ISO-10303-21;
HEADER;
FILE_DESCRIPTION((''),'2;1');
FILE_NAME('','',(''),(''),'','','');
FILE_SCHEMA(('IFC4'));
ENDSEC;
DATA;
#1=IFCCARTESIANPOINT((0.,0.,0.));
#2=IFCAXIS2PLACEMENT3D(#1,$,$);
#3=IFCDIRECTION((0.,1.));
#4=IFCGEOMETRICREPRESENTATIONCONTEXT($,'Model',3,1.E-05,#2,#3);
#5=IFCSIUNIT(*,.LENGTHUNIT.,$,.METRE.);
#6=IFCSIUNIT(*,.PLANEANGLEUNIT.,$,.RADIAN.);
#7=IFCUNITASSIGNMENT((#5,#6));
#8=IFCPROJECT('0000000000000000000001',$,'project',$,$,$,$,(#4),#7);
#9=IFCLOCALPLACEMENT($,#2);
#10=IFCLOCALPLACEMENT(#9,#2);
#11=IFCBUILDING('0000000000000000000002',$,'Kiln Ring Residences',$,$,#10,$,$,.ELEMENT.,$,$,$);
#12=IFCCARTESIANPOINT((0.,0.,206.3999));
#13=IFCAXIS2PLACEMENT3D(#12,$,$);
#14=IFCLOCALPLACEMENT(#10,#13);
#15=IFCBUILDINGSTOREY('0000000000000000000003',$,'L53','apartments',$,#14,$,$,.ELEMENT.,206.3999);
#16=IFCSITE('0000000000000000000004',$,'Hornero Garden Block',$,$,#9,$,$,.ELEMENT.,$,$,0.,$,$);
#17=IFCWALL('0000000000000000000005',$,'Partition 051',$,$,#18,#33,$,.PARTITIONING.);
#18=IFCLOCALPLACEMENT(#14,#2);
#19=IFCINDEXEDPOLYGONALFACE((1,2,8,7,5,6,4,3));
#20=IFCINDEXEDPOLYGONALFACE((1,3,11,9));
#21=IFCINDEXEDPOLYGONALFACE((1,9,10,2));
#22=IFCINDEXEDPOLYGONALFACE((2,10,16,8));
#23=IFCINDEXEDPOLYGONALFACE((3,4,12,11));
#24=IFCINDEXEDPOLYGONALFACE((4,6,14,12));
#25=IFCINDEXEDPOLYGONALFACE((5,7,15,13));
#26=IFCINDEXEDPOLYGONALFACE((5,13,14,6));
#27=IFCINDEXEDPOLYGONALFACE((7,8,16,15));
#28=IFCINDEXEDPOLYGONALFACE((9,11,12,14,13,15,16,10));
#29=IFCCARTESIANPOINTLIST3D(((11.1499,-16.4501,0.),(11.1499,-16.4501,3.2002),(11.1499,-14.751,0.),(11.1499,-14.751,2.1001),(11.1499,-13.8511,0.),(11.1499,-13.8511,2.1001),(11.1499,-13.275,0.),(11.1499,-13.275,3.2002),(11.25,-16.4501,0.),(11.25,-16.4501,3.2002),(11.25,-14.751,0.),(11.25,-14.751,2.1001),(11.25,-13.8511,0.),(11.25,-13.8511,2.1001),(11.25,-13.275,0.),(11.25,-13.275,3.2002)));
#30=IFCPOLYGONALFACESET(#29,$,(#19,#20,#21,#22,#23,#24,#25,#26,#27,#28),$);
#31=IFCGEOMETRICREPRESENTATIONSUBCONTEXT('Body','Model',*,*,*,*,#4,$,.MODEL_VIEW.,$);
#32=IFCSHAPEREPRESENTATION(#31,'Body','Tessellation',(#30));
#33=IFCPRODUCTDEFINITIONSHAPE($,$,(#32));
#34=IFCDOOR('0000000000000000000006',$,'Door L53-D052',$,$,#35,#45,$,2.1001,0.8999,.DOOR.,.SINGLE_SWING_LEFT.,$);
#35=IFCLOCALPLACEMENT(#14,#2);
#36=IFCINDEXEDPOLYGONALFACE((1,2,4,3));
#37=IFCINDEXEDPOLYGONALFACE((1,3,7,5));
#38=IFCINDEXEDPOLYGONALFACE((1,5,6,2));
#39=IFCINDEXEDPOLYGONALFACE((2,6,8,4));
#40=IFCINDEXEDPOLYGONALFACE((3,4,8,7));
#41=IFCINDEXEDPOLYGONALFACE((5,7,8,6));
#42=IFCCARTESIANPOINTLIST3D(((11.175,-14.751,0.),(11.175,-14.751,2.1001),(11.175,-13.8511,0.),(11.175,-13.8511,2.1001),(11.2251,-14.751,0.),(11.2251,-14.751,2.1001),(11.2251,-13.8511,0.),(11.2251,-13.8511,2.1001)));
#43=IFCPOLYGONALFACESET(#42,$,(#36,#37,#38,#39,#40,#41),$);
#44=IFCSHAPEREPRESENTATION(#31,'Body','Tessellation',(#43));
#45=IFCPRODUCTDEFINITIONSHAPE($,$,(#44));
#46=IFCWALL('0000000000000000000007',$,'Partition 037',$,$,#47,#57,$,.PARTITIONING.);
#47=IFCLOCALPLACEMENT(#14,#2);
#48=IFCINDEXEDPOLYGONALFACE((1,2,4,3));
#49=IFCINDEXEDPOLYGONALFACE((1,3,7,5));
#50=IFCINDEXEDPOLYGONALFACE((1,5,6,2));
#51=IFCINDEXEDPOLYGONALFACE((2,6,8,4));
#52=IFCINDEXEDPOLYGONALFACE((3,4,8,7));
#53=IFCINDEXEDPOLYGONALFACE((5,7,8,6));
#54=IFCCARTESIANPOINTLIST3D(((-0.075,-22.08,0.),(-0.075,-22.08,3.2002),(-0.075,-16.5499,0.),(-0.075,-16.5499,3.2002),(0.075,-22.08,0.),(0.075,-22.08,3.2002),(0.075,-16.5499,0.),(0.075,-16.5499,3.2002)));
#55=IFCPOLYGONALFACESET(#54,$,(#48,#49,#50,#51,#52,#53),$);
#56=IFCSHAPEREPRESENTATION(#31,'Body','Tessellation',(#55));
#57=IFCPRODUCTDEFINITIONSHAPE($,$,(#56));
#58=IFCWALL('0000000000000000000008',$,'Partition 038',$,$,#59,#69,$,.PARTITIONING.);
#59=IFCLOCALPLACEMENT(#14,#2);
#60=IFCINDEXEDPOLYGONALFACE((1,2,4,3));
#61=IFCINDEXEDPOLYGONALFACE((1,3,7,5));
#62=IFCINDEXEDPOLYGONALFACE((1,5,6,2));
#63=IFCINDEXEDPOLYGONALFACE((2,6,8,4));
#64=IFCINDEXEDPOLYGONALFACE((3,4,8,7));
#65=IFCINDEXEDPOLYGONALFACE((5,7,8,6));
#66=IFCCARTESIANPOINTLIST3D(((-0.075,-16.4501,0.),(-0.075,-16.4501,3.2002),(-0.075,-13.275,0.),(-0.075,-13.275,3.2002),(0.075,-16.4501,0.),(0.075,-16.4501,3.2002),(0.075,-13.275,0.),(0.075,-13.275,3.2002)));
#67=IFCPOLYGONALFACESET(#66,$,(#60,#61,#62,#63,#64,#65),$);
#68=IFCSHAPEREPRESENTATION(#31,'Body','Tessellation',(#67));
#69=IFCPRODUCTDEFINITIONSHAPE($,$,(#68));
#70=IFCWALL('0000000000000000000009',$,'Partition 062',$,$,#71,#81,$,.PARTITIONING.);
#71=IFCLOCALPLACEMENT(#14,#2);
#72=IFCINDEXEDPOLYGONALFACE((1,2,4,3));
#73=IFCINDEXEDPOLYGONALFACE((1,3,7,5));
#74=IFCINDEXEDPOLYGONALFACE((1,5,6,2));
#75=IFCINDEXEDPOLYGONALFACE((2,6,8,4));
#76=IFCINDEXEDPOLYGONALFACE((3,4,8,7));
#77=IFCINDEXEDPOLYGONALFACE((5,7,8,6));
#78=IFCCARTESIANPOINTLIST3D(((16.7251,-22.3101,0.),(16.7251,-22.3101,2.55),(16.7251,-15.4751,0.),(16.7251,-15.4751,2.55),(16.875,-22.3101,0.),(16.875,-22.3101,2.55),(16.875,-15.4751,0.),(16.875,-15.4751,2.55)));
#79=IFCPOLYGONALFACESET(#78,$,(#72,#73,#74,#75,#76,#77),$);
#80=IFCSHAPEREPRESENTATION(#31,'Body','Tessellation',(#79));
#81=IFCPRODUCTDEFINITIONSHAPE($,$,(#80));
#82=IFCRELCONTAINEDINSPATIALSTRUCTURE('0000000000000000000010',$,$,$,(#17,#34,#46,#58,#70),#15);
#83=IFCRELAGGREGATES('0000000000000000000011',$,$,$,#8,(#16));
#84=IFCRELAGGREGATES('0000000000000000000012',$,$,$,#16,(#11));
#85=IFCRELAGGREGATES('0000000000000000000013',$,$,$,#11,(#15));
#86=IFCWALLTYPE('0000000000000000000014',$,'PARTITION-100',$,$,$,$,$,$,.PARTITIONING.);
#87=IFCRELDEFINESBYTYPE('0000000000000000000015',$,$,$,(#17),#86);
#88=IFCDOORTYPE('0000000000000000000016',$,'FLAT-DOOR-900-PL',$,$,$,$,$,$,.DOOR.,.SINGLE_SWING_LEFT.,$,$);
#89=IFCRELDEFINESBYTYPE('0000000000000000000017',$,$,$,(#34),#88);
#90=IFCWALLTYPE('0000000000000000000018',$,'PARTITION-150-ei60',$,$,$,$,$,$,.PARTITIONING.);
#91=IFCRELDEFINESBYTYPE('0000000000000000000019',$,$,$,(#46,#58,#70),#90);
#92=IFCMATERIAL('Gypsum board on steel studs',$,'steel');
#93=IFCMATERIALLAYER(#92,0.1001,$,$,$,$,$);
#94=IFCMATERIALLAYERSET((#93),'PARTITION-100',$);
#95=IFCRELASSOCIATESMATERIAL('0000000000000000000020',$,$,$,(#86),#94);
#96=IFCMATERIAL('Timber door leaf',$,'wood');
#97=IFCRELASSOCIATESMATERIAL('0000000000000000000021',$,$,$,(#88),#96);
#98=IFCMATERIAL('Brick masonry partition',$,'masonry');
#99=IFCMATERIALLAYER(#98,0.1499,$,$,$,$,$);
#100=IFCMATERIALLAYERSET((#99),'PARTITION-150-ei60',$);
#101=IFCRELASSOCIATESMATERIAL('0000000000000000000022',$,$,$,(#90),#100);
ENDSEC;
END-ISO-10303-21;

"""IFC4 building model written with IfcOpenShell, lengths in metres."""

from ifc_helpers import new_model, si_unit, direction, frame, frame_2d, origin, place, context, subcontext, project, spatial, rectangle, extrude, material, layer, layer_set, type_object, element, fill, save


model = new_model("IFC4")

# Units and contexts
model_context = context("Model", 3, precision=1e-05, world=origin(), true_north=direction((0.0, 1.0)))
body_context = subcontext(model_context, "Body", "Model", "MODEL_VIEW")
ifc_project = project(units=[si_unit("LENGTHUNIT", "METRE"), si_unit("PLANEANGLEUNIT", "RADIAN")], contexts=[model_context])

# Site, building, storey
site_placement = place(None, origin())
site = spatial("IfcSite", under=ifc_project, at=site_placement, Name="Hornero Garden Block", CompositionType="ELEMENT", RefElevation=0.0)
building_placement = place(site_placement, origin())
building = spatial("IfcBuilding", under=site, at=building_placement, Name="Kiln Ring Residences", CompositionType="ELEMENT")
storey_placement = place(building_placement, frame((0.0, 0.0, 206.3999)))
storey = spatial("IfcBuildingStorey", under=building, at=storey_placement, Name="L53", Description="apartments", CompositionType="ELEMENT", Elevation=206.3999)

# Shared definitions
ifc_material_1 = material(Name="Gypsum board on steel studs", Category="steel")
ifc_layer_1 = layer(ifc_material_1, 0.1001)
ifc_layer_set_1 = layer_set([ifc_layer_1], Name="PARTITION-100")
wall_type_1 = type_object("IfcWallType", Name="PARTITION-100", PredefinedType="PARTITIONING", material=ifc_layer_set_1)
ifc_material_2 = material(Name="Timber door leaf", Category="wood")
door_type_1 = type_object("IfcDoorType", Name="FLAT-DOOR-900-PL", OperationType="SINGLE_SWING_LEFT", PredefinedType="DOOR", material=ifc_material_2)

# Wall, opening, door
wall_1_placement = place(storey_placement, frame((11.2, -16.45, 0.0), z_axis=(0.0, 0.0, 1.0), x_axis=(0.0, 1.0, 0.0)))
wall_1 = element("IfcWall", 1, at=wall_1_placement, inside=storey, type_object=wall_type_1, Name="Partition 051", PredefinedType="PARTITIONING", context=body_context, shape_type="SweptSolid", body=[
    extrude(rectangle(XDim=3.175, YDim=0.1001, at=frame_2d((1.5874, 0.0))), origin(), (0.0, 0.0, 1.0), 3.2002),
])
opening_1_placement = place(wall_1_placement, frame((1.699, 0.0, 0.0)))
opening_1 = element("IfcOpeningElement", 2, at=opening_1_placement, cuts=wall_1, PredefinedType="OPENING", context=body_context, shape_type="SweptSolid", body=[
    extrude(rectangle(XDim=0.8999, YDim=2.1001, at=frame_2d((0.45, 1.05))), frame((0.0, 0.0601, 0.0), z_axis=(0.0, -1.0, 0.0), x_axis=(1.0, 0.0, 0.0)), (0.0, 0.0, 1.0), 0.1201),
])
door_1_placement = place(opening_1_placement, origin())
door_1 = element("IfcDoor", 3, at=door_1_placement, inside=storey, type_object=door_type_1, Name="Door L53-D052", OperationType="SINGLE_SWING_LEFT", OverallHeight=2.1001, OverallWidth=0.8999, PredefinedType="DOOR", context=body_context, shape_type="SweptSolid", body=[
    extrude(rectangle(XDim=0.8999, YDim=2.1001, at=frame_2d((0.45, 1.05))), frame((0.0, 0.0249, 0.0), z_axis=(0.0, -1.0, 0.0), x_axis=(1.0, 0.0, 0.0)), (0.0, 0.0, 1.0), 0.05),
])
fill(opening_1, door_1)

# Walls
ifc_material_3 = material(Name="Brick masonry partition", Category="masonry")
ifc_layer_2 = layer(ifc_material_3, 0.1499)
ifc_layer_set_2 = layer_set([ifc_layer_2], Name="PARTITION-150-ei60")
wall_type_2 = type_object("IfcWallType", Name="PARTITION-150-ei60", PredefinedType="PARTITIONING", material=ifc_layer_set_2)
wall_2_placement = place(storey_placement, frame((0.0, -22.0801, 0.0), z_axis=(0.0, 0.0, 1.0), x_axis=(0.0, 1.0, 0.0)))
element("IfcWall", 4, at=wall_2_placement, inside=storey, type_object=wall_type_2, Name="Partition 037", PredefinedType="PARTITIONING", context=body_context, shape_type="SweptSolid", body=[
    extrude(rectangle(XDim=5.53, YDim=0.1499, at=frame_2d((2.7651, 0.0))), origin(), (0.0, 0.0, 1.0), 3.2002),
])
wall_3_placement = place(storey_placement, frame((0.0, -16.45, 0.0), z_axis=(0.0, 0.0, 1.0), x_axis=(0.0, 1.0, 0.0)))
element("IfcWall", 5, at=wall_3_placement, inside=storey, type_object=wall_type_2, Name="Partition 038", PredefinedType="PARTITIONING", context=body_context, shape_type="SweptSolid", body=[
    extrude(rectangle(XDim=3.175, YDim=0.1499, at=frame_2d((1.5874, 0.0))), origin(), (0.0, 0.0, 1.0), 3.2002),
])
wall_4_placement = place(storey_placement, frame((16.8, -22.3101, 0.0), z_axis=(0.0, 0.0, 1.0), x_axis=(0.0, 1.0, 0.0)))
element("IfcWall", 6, at=wall_4_placement, inside=storey, type_object=wall_type_2, Name="Partition 062", PredefinedType="PARTITIONING", context=body_context, shape_type="SweptSolid", body=[
    extrude(rectangle(XDim=6.835, YDim=0.1499, at=frame_2d((3.4175, 0.0))), origin(), (0.0, 0.0, 1.0), 2.55),
])

save(model, "model.ifc")
